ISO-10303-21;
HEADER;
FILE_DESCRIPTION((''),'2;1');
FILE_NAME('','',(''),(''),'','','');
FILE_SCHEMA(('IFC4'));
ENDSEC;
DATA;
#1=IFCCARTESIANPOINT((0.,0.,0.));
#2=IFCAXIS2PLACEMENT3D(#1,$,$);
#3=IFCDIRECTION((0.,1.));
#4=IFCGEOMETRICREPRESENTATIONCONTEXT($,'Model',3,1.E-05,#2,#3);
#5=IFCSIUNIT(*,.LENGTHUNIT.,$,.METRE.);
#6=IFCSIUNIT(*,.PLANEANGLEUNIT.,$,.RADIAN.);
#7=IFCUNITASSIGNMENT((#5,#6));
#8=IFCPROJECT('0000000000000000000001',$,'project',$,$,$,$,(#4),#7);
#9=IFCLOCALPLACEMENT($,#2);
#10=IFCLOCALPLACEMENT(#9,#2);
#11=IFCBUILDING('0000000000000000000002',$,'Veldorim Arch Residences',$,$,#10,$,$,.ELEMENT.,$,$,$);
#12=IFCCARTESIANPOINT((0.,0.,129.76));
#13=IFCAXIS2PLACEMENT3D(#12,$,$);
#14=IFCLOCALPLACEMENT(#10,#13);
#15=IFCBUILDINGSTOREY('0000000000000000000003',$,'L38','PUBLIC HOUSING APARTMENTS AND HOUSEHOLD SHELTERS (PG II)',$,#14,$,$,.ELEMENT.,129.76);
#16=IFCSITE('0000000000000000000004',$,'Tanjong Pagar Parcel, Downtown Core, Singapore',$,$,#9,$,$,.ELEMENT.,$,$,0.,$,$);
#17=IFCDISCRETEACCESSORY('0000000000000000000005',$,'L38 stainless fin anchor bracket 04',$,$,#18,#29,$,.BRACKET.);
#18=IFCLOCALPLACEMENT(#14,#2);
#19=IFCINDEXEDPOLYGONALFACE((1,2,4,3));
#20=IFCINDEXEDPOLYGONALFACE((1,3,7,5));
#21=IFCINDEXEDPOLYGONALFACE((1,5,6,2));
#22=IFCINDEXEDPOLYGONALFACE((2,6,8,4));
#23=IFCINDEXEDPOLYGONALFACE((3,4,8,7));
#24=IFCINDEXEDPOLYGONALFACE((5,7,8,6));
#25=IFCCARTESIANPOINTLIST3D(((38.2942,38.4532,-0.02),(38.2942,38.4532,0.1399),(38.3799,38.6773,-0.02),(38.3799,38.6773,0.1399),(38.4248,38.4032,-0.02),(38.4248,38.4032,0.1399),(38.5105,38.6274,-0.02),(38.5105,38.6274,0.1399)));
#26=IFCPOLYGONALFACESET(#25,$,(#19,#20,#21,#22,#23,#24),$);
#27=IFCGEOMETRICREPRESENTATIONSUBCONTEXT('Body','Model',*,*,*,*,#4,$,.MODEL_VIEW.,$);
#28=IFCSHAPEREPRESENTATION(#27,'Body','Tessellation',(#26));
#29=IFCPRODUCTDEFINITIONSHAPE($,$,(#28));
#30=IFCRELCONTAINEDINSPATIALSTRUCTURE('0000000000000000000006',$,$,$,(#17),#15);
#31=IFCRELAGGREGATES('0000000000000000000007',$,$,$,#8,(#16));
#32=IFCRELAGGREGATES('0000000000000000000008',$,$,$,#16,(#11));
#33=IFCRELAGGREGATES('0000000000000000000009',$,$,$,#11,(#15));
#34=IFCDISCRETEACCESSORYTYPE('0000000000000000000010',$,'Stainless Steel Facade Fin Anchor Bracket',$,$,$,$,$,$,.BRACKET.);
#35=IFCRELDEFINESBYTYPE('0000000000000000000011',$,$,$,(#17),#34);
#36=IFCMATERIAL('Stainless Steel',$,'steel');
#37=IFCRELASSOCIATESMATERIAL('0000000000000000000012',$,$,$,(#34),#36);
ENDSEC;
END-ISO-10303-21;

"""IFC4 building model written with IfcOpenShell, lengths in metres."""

from ifc_helpers import new_model, si_unit, direction, frame, origin, origin_2d, place, context, subcontext, project, spatial, rectangle, extrude, material, type_object, element, save


model = new_model("IFC4")

# Units and contexts
model_context = context("Model", 3, precision=1e-05, world=origin(), true_north=direction((0.0, 1.0)))
body_context = subcontext(model_context, "Body", "Model", "MODEL_VIEW")
ifc_project = project(units=[si_unit("LENGTHUNIT", "METRE"), si_unit("PLANEANGLEUNIT", "RADIAN")], contexts=[model_context])

# Site, building, storey
site_placement = place(None, origin())
site = spatial("IfcSite", under=ifc_project, at=site_placement, Name="Tanjong Pagar Parcel, Downtown Core, Singapore", CompositionType="ELEMENT", RefElevation=0.0)
building_placement = place(site_placement, origin())
building = spatial("IfcBuilding", under=site, at=building_placement, Name="Veldorim Arch Residences", CompositionType="ELEMENT")
storey_placement = place(building_placement, frame((0.0, 0.0, 129.76)))
storey = spatial("IfcBuildingStorey", under=building, at=storey_placement, Name="L38", Description="PUBLIC HOUSING APARTMENTS AND HOUSEHOLD SHELTERS (PG II)", CompositionType="ELEMENT", Elevation=129.76)

# Discrete accessory
ifc_material_1 = material(Name="Stainless Steel", Category="steel")
discrete_accessory_type = type_object("IfcDiscreteAccessoryType", Name="Stainless Steel Facade Fin Anchor Bracket", PredefinedType="BRACKET", material=ifc_material_1)
discrete_accessory_placement = place(storey_placement, frame((38.4023, 38.5403, -0.02), z_axis=(0.0, 0.0, 1.0), x_axis=(0.93408, -0.357064, 0.0)))
element("IfcDiscreteAccessory", 1, at=discrete_accessory_placement, inside=storey, type_object=discrete_accessory_type, Name="L38 stainless fin anchor bracket 04", PredefinedType="BRACKET", context=body_context, shape_type="SweptSolid", body=[
    extrude(rectangle(XDim=0.1399, YDim=0.24, at=origin_2d()), origin(), (0.0, 0.0, 1.0), 0.1599),
])

save(model, "model.ifc")
